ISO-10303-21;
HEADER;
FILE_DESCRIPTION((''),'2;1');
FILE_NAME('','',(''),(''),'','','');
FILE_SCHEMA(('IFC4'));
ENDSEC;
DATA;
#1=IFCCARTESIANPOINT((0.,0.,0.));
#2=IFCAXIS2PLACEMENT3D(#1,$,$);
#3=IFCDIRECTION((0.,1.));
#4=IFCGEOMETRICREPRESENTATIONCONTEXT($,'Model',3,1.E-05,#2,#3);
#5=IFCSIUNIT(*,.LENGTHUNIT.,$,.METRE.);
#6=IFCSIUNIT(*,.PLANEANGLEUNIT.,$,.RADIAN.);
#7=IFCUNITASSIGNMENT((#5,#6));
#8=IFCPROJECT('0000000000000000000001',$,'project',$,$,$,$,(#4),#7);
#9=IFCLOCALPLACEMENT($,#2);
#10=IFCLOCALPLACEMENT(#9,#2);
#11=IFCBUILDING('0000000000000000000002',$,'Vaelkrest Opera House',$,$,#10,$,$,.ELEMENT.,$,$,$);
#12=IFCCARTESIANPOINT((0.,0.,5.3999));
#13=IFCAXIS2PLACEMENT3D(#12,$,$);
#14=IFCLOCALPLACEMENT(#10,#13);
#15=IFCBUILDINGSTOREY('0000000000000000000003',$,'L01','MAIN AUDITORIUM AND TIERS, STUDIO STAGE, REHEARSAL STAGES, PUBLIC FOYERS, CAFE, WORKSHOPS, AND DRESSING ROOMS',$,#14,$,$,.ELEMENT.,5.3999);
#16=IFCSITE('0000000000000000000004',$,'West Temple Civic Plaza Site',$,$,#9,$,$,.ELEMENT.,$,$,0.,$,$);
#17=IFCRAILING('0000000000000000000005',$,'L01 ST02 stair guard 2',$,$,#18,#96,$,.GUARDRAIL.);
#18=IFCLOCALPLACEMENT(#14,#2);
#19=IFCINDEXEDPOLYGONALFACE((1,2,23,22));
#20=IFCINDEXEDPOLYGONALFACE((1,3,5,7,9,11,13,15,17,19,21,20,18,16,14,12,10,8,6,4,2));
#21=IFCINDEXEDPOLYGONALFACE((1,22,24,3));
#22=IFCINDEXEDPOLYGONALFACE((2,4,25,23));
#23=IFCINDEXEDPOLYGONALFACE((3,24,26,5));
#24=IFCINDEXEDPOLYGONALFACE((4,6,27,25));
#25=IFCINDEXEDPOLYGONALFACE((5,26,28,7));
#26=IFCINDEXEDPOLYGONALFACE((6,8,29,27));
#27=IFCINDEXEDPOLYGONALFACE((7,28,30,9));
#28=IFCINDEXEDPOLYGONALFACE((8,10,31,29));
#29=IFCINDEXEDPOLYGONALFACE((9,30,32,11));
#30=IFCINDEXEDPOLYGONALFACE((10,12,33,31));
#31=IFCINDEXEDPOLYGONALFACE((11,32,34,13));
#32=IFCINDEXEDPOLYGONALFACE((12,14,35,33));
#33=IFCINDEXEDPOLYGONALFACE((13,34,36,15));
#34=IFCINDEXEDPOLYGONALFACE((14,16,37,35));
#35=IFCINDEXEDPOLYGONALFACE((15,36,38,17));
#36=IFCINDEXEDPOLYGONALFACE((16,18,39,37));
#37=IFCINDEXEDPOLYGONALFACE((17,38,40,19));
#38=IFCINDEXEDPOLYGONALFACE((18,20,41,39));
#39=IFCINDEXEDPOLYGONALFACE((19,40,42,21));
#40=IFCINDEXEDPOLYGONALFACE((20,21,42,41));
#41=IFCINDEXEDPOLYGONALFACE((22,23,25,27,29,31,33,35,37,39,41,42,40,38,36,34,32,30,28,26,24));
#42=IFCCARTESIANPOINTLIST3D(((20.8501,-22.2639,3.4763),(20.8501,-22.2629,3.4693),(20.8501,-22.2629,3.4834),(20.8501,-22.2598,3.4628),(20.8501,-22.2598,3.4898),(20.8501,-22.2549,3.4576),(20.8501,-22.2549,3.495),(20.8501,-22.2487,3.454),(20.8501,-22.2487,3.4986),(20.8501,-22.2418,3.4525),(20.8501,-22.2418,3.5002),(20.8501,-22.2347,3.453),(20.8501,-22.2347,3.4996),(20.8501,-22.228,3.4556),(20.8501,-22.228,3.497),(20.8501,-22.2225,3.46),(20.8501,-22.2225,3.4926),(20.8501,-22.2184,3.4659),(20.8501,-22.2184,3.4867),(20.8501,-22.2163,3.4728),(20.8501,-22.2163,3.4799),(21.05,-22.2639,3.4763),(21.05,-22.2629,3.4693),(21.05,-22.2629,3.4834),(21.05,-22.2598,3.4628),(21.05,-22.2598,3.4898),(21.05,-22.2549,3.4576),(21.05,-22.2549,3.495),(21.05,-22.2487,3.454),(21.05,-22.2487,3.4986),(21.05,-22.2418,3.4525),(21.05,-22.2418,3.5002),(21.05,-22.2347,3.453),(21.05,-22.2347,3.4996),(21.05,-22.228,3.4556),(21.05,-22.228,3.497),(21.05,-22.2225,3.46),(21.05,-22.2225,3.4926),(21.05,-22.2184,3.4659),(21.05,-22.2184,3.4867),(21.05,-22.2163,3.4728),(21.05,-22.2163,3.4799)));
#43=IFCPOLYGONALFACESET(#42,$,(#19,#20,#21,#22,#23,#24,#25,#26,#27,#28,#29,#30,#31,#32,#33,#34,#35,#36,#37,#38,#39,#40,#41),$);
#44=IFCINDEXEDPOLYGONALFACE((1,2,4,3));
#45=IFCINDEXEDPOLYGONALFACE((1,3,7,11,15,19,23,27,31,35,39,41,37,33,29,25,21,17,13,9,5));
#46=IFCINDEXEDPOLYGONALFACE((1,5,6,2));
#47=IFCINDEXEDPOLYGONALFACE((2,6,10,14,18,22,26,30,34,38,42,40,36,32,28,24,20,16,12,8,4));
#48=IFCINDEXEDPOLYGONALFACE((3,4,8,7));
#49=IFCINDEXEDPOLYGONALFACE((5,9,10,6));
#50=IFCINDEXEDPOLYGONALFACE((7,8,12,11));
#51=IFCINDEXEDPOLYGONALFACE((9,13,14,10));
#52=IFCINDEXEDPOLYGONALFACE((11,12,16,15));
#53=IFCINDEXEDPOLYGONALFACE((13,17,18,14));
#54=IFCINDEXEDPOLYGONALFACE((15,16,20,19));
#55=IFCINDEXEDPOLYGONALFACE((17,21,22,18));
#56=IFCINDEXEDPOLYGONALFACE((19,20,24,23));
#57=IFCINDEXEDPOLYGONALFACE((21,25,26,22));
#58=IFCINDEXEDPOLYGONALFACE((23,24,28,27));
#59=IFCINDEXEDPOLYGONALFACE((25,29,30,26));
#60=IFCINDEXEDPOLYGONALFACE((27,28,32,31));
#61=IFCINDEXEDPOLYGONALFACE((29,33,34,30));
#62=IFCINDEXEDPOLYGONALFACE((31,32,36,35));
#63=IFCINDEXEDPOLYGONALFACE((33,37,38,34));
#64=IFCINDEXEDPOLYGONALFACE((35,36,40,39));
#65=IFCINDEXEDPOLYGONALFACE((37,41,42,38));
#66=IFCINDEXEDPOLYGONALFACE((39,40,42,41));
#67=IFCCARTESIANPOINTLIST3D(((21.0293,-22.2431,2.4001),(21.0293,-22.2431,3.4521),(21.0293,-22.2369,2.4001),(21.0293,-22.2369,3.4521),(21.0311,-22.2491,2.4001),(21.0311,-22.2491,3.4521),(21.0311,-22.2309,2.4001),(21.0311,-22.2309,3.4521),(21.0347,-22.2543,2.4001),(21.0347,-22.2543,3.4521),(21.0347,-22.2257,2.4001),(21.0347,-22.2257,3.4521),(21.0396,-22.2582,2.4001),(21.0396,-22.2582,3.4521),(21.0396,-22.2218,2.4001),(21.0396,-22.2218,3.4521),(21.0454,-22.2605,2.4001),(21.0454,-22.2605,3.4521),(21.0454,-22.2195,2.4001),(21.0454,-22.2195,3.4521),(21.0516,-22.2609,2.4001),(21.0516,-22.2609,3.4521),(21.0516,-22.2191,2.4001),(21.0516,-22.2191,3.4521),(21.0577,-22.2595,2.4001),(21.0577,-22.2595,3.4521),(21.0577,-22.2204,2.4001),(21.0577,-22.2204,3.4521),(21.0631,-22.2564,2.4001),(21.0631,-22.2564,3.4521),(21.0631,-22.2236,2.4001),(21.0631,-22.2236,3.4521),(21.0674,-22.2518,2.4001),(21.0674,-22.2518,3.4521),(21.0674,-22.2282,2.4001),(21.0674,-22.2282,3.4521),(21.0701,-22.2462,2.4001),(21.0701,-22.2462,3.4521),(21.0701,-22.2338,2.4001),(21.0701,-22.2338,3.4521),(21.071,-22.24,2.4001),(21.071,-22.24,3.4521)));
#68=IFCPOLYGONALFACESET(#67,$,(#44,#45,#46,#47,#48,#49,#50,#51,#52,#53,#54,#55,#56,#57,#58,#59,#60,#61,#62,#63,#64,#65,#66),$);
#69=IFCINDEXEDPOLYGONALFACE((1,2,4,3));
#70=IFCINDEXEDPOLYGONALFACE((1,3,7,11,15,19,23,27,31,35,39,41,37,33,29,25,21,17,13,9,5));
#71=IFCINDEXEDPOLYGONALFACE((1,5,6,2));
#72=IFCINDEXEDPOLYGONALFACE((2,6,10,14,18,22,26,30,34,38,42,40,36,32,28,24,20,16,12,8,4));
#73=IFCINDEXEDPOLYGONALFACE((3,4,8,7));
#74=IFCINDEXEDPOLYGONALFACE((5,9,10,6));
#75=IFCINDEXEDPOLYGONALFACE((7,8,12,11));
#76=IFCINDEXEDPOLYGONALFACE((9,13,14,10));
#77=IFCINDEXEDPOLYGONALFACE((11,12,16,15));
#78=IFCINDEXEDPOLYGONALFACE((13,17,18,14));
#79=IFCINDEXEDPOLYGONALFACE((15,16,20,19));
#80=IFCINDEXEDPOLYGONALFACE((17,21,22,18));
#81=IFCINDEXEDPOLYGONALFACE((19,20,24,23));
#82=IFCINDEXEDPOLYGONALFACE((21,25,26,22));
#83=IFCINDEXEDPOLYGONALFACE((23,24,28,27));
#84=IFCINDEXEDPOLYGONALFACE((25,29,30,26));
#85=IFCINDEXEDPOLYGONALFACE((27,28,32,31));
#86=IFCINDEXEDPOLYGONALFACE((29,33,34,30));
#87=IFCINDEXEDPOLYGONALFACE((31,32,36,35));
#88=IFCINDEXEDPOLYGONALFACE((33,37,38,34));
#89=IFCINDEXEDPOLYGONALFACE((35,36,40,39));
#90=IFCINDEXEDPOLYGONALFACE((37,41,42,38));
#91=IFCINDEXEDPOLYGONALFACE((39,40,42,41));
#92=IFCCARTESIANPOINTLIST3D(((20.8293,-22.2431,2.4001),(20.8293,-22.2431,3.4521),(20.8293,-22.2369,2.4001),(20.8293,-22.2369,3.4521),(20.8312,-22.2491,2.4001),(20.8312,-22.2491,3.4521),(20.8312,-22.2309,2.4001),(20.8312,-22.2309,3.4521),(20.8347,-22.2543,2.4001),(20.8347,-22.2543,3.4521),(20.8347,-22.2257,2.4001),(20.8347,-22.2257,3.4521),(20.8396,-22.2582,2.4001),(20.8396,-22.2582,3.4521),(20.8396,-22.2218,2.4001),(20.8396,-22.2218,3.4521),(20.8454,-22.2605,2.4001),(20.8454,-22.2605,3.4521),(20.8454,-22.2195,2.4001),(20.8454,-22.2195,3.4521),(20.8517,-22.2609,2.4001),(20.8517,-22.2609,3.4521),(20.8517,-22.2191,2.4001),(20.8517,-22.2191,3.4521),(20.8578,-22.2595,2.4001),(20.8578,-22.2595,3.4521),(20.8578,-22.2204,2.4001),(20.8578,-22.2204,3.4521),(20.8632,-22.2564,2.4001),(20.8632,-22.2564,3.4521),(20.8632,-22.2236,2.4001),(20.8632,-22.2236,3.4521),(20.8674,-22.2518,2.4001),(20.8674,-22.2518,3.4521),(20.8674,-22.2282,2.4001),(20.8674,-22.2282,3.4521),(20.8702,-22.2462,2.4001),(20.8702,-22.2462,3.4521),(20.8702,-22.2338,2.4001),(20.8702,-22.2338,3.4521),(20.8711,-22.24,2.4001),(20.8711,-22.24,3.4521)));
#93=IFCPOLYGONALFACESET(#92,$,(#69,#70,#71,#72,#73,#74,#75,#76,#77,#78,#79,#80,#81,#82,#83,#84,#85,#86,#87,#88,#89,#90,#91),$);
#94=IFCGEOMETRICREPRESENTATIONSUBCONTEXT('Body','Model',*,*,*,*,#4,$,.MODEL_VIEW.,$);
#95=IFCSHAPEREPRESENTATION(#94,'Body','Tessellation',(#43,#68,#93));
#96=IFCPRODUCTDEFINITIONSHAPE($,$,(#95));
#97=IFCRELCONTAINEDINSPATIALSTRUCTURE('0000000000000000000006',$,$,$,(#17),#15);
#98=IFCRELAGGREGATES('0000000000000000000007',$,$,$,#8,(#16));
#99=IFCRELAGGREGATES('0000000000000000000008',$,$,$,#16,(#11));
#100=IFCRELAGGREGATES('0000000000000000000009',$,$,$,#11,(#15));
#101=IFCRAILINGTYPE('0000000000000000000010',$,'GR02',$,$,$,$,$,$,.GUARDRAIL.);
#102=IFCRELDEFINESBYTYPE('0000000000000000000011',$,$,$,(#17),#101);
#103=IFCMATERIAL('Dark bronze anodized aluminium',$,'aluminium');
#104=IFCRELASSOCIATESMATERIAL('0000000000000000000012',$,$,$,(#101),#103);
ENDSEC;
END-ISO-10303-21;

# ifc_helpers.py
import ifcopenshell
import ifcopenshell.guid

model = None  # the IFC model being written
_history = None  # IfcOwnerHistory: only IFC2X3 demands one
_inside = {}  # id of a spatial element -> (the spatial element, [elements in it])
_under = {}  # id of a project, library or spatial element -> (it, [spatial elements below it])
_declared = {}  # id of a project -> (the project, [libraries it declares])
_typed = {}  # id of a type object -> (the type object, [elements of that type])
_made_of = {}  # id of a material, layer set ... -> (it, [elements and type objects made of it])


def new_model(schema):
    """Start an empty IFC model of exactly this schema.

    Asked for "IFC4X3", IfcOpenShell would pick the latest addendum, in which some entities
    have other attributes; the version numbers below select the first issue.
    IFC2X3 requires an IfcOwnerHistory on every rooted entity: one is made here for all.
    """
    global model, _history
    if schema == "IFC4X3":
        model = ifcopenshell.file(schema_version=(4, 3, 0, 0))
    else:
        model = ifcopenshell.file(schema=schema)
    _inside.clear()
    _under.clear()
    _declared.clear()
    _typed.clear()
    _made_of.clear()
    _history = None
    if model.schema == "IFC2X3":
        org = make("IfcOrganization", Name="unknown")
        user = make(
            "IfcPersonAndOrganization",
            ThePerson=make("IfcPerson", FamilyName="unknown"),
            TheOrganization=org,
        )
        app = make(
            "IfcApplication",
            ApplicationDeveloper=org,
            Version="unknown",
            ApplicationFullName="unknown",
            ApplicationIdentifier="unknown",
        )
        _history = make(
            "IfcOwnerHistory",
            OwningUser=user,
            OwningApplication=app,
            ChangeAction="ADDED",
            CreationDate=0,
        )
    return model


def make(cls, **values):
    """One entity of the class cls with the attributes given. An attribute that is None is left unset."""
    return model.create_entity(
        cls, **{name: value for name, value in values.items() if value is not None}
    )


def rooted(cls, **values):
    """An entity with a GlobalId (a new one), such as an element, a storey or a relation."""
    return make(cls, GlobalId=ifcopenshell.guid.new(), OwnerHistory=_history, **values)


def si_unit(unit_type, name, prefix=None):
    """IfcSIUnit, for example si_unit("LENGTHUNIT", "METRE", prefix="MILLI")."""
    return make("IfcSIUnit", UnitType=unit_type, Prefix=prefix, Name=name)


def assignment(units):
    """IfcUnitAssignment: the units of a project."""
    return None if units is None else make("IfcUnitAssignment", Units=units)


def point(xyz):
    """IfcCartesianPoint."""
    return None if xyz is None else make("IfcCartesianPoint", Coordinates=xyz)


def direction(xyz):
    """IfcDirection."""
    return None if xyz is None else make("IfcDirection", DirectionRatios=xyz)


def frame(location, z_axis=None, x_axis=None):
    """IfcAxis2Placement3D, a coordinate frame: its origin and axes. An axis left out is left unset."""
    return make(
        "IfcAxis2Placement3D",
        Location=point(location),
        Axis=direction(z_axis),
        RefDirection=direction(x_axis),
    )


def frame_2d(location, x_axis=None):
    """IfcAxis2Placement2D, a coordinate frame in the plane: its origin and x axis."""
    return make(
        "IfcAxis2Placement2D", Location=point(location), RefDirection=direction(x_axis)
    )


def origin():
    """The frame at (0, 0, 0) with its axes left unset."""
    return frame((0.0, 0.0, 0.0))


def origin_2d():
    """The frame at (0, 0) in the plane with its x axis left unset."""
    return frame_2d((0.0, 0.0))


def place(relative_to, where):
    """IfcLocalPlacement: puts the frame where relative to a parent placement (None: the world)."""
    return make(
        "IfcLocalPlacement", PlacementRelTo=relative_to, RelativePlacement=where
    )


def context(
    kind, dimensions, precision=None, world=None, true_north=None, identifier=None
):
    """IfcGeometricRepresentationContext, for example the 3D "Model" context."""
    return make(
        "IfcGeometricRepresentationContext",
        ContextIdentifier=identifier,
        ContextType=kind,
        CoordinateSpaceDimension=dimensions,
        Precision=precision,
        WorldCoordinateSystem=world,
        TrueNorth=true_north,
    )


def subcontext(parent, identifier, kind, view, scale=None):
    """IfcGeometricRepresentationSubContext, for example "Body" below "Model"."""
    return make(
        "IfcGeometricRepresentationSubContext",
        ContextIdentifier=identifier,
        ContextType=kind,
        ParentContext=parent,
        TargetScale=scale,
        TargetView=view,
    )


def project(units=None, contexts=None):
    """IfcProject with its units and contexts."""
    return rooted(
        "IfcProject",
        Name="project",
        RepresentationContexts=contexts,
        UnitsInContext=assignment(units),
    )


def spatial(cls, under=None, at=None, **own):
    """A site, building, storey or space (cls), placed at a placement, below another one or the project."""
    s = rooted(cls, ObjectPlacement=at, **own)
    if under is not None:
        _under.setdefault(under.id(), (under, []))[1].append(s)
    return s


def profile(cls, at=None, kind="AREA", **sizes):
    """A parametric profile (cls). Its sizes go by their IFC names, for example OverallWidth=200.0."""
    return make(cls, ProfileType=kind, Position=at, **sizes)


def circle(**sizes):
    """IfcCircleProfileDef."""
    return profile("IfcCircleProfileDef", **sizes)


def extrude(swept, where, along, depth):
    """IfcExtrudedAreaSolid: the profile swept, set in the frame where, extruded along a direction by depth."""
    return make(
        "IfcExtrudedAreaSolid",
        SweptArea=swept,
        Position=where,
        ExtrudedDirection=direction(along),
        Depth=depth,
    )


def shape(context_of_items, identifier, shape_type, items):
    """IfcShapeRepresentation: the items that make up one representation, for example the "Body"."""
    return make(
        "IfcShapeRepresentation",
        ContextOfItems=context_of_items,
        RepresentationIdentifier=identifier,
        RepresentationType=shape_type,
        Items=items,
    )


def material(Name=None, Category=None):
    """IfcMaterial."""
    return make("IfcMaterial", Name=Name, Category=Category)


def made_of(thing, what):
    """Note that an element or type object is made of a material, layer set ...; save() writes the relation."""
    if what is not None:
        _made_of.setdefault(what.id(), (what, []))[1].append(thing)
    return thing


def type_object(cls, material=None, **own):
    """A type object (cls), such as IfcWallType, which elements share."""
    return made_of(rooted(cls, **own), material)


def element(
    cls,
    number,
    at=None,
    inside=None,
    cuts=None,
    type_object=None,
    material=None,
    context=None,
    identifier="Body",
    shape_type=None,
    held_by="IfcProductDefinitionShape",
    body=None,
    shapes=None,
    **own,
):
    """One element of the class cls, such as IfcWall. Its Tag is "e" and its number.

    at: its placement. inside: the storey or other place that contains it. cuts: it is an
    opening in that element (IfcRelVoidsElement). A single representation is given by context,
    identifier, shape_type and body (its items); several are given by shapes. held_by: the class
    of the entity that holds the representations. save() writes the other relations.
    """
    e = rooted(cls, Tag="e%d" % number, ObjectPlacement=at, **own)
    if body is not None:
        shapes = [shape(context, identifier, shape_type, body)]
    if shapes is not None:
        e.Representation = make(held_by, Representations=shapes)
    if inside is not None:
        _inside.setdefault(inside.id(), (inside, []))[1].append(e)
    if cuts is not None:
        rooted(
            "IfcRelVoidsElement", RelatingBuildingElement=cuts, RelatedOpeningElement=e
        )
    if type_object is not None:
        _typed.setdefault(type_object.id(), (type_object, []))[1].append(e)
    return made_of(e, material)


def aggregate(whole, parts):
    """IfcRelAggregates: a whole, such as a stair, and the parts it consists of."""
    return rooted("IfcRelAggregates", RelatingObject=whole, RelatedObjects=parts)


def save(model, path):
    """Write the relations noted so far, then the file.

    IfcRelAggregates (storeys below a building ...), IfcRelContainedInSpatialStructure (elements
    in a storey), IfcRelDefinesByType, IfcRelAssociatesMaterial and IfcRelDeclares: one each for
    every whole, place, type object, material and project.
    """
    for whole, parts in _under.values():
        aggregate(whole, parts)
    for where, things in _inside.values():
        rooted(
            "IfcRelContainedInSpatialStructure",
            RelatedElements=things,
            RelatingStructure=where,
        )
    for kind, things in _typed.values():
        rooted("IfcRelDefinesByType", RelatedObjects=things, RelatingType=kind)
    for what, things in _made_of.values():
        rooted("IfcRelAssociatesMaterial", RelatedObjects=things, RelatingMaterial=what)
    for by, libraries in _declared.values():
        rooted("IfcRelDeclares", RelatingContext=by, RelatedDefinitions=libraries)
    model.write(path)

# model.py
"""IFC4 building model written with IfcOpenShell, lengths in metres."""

from ifc_helpers import new_model, si_unit, direction, frame, origin, origin_2d, place, context, subcontext, project, spatial, circle, extrude, material, type_object, element, save


model = new_model("IFC4")

# Units and contexts
model_context = context("Model", 3, precision=1e-05, world=origin(), true_north=direction((0.0, 1.0)))
body_context = subcontext(model_context, "Body", "Model", "MODEL_VIEW")
ifc_project = project(units=[si_unit("LENGTHUNIT", "METRE"), si_unit("PLANEANGLEUNIT", "RADIAN")], contexts=[model_context])

# Site, building, storey
site_placement = place(None, origin())
site = spatial("IfcSite", under=ifc_project, at=site_placement, Name="West Temple Civic Plaza Site", CompositionType="ELEMENT", RefElevation=0.0)
building_placement = place(site_placement, origin())
building = spatial("IfcBuilding", under=site, at=building_placement, Name="Vaelkrest Opera House", CompositionType="ELEMENT")
storey_placement = place(building_placement, frame((0.0, 0.0, 5.3999)))
storey = spatial("IfcBuildingStorey", under=building, at=storey_placement, Name="L01", Description="MAIN AUDITORIUM AND TIERS, STUDIO STAGE, REHEARSAL STAGES, PUBLIC FOYERS, CAFE, WORKSHOPS, AND DRESSING ROOMS", CompositionType="ELEMENT", Elevation=5.3999)

# Railing
ifc_material_1 = material(Name="Dark bronze anodized aluminium", Category="aluminium")
railing_type_1 = type_object("IfcRailingType", Name="GR02", PredefinedType="GUARDRAIL", material=ifc_material_1)
railing_1_placement = place(storey_placement, frame((21.05, -22.24, 2.4001)))
element("IfcRailing", 1, at=railing_1_placement, inside=storey, type_object=railing_type_1, Name="L01 ST02 stair guard 2", PredefinedType="GUARDRAIL", context=body_context, shape_type="SweptSolid", body=[
    extrude(circle(Radius=0.0239, at=origin_2d()), frame((0.0, 0.0, 1.0762), z_axis=(-1.0, 0.0, 0.0), x_axis=(0.0, -1.0, 0.0)), (0.0, 0.0, 1.0), 0.2),
    extrude(circle(Radius=0.021, at=origin_2d()), origin(), (0.0, 0.0, 1.0), 1.052),
    extrude(circle(Radius=0.021, at=origin_2d()), frame((-0.2, 0.0, 0.0)), (0.0, 0.0, 1.0), 1.052),
])

save(model, "model.ifc")
